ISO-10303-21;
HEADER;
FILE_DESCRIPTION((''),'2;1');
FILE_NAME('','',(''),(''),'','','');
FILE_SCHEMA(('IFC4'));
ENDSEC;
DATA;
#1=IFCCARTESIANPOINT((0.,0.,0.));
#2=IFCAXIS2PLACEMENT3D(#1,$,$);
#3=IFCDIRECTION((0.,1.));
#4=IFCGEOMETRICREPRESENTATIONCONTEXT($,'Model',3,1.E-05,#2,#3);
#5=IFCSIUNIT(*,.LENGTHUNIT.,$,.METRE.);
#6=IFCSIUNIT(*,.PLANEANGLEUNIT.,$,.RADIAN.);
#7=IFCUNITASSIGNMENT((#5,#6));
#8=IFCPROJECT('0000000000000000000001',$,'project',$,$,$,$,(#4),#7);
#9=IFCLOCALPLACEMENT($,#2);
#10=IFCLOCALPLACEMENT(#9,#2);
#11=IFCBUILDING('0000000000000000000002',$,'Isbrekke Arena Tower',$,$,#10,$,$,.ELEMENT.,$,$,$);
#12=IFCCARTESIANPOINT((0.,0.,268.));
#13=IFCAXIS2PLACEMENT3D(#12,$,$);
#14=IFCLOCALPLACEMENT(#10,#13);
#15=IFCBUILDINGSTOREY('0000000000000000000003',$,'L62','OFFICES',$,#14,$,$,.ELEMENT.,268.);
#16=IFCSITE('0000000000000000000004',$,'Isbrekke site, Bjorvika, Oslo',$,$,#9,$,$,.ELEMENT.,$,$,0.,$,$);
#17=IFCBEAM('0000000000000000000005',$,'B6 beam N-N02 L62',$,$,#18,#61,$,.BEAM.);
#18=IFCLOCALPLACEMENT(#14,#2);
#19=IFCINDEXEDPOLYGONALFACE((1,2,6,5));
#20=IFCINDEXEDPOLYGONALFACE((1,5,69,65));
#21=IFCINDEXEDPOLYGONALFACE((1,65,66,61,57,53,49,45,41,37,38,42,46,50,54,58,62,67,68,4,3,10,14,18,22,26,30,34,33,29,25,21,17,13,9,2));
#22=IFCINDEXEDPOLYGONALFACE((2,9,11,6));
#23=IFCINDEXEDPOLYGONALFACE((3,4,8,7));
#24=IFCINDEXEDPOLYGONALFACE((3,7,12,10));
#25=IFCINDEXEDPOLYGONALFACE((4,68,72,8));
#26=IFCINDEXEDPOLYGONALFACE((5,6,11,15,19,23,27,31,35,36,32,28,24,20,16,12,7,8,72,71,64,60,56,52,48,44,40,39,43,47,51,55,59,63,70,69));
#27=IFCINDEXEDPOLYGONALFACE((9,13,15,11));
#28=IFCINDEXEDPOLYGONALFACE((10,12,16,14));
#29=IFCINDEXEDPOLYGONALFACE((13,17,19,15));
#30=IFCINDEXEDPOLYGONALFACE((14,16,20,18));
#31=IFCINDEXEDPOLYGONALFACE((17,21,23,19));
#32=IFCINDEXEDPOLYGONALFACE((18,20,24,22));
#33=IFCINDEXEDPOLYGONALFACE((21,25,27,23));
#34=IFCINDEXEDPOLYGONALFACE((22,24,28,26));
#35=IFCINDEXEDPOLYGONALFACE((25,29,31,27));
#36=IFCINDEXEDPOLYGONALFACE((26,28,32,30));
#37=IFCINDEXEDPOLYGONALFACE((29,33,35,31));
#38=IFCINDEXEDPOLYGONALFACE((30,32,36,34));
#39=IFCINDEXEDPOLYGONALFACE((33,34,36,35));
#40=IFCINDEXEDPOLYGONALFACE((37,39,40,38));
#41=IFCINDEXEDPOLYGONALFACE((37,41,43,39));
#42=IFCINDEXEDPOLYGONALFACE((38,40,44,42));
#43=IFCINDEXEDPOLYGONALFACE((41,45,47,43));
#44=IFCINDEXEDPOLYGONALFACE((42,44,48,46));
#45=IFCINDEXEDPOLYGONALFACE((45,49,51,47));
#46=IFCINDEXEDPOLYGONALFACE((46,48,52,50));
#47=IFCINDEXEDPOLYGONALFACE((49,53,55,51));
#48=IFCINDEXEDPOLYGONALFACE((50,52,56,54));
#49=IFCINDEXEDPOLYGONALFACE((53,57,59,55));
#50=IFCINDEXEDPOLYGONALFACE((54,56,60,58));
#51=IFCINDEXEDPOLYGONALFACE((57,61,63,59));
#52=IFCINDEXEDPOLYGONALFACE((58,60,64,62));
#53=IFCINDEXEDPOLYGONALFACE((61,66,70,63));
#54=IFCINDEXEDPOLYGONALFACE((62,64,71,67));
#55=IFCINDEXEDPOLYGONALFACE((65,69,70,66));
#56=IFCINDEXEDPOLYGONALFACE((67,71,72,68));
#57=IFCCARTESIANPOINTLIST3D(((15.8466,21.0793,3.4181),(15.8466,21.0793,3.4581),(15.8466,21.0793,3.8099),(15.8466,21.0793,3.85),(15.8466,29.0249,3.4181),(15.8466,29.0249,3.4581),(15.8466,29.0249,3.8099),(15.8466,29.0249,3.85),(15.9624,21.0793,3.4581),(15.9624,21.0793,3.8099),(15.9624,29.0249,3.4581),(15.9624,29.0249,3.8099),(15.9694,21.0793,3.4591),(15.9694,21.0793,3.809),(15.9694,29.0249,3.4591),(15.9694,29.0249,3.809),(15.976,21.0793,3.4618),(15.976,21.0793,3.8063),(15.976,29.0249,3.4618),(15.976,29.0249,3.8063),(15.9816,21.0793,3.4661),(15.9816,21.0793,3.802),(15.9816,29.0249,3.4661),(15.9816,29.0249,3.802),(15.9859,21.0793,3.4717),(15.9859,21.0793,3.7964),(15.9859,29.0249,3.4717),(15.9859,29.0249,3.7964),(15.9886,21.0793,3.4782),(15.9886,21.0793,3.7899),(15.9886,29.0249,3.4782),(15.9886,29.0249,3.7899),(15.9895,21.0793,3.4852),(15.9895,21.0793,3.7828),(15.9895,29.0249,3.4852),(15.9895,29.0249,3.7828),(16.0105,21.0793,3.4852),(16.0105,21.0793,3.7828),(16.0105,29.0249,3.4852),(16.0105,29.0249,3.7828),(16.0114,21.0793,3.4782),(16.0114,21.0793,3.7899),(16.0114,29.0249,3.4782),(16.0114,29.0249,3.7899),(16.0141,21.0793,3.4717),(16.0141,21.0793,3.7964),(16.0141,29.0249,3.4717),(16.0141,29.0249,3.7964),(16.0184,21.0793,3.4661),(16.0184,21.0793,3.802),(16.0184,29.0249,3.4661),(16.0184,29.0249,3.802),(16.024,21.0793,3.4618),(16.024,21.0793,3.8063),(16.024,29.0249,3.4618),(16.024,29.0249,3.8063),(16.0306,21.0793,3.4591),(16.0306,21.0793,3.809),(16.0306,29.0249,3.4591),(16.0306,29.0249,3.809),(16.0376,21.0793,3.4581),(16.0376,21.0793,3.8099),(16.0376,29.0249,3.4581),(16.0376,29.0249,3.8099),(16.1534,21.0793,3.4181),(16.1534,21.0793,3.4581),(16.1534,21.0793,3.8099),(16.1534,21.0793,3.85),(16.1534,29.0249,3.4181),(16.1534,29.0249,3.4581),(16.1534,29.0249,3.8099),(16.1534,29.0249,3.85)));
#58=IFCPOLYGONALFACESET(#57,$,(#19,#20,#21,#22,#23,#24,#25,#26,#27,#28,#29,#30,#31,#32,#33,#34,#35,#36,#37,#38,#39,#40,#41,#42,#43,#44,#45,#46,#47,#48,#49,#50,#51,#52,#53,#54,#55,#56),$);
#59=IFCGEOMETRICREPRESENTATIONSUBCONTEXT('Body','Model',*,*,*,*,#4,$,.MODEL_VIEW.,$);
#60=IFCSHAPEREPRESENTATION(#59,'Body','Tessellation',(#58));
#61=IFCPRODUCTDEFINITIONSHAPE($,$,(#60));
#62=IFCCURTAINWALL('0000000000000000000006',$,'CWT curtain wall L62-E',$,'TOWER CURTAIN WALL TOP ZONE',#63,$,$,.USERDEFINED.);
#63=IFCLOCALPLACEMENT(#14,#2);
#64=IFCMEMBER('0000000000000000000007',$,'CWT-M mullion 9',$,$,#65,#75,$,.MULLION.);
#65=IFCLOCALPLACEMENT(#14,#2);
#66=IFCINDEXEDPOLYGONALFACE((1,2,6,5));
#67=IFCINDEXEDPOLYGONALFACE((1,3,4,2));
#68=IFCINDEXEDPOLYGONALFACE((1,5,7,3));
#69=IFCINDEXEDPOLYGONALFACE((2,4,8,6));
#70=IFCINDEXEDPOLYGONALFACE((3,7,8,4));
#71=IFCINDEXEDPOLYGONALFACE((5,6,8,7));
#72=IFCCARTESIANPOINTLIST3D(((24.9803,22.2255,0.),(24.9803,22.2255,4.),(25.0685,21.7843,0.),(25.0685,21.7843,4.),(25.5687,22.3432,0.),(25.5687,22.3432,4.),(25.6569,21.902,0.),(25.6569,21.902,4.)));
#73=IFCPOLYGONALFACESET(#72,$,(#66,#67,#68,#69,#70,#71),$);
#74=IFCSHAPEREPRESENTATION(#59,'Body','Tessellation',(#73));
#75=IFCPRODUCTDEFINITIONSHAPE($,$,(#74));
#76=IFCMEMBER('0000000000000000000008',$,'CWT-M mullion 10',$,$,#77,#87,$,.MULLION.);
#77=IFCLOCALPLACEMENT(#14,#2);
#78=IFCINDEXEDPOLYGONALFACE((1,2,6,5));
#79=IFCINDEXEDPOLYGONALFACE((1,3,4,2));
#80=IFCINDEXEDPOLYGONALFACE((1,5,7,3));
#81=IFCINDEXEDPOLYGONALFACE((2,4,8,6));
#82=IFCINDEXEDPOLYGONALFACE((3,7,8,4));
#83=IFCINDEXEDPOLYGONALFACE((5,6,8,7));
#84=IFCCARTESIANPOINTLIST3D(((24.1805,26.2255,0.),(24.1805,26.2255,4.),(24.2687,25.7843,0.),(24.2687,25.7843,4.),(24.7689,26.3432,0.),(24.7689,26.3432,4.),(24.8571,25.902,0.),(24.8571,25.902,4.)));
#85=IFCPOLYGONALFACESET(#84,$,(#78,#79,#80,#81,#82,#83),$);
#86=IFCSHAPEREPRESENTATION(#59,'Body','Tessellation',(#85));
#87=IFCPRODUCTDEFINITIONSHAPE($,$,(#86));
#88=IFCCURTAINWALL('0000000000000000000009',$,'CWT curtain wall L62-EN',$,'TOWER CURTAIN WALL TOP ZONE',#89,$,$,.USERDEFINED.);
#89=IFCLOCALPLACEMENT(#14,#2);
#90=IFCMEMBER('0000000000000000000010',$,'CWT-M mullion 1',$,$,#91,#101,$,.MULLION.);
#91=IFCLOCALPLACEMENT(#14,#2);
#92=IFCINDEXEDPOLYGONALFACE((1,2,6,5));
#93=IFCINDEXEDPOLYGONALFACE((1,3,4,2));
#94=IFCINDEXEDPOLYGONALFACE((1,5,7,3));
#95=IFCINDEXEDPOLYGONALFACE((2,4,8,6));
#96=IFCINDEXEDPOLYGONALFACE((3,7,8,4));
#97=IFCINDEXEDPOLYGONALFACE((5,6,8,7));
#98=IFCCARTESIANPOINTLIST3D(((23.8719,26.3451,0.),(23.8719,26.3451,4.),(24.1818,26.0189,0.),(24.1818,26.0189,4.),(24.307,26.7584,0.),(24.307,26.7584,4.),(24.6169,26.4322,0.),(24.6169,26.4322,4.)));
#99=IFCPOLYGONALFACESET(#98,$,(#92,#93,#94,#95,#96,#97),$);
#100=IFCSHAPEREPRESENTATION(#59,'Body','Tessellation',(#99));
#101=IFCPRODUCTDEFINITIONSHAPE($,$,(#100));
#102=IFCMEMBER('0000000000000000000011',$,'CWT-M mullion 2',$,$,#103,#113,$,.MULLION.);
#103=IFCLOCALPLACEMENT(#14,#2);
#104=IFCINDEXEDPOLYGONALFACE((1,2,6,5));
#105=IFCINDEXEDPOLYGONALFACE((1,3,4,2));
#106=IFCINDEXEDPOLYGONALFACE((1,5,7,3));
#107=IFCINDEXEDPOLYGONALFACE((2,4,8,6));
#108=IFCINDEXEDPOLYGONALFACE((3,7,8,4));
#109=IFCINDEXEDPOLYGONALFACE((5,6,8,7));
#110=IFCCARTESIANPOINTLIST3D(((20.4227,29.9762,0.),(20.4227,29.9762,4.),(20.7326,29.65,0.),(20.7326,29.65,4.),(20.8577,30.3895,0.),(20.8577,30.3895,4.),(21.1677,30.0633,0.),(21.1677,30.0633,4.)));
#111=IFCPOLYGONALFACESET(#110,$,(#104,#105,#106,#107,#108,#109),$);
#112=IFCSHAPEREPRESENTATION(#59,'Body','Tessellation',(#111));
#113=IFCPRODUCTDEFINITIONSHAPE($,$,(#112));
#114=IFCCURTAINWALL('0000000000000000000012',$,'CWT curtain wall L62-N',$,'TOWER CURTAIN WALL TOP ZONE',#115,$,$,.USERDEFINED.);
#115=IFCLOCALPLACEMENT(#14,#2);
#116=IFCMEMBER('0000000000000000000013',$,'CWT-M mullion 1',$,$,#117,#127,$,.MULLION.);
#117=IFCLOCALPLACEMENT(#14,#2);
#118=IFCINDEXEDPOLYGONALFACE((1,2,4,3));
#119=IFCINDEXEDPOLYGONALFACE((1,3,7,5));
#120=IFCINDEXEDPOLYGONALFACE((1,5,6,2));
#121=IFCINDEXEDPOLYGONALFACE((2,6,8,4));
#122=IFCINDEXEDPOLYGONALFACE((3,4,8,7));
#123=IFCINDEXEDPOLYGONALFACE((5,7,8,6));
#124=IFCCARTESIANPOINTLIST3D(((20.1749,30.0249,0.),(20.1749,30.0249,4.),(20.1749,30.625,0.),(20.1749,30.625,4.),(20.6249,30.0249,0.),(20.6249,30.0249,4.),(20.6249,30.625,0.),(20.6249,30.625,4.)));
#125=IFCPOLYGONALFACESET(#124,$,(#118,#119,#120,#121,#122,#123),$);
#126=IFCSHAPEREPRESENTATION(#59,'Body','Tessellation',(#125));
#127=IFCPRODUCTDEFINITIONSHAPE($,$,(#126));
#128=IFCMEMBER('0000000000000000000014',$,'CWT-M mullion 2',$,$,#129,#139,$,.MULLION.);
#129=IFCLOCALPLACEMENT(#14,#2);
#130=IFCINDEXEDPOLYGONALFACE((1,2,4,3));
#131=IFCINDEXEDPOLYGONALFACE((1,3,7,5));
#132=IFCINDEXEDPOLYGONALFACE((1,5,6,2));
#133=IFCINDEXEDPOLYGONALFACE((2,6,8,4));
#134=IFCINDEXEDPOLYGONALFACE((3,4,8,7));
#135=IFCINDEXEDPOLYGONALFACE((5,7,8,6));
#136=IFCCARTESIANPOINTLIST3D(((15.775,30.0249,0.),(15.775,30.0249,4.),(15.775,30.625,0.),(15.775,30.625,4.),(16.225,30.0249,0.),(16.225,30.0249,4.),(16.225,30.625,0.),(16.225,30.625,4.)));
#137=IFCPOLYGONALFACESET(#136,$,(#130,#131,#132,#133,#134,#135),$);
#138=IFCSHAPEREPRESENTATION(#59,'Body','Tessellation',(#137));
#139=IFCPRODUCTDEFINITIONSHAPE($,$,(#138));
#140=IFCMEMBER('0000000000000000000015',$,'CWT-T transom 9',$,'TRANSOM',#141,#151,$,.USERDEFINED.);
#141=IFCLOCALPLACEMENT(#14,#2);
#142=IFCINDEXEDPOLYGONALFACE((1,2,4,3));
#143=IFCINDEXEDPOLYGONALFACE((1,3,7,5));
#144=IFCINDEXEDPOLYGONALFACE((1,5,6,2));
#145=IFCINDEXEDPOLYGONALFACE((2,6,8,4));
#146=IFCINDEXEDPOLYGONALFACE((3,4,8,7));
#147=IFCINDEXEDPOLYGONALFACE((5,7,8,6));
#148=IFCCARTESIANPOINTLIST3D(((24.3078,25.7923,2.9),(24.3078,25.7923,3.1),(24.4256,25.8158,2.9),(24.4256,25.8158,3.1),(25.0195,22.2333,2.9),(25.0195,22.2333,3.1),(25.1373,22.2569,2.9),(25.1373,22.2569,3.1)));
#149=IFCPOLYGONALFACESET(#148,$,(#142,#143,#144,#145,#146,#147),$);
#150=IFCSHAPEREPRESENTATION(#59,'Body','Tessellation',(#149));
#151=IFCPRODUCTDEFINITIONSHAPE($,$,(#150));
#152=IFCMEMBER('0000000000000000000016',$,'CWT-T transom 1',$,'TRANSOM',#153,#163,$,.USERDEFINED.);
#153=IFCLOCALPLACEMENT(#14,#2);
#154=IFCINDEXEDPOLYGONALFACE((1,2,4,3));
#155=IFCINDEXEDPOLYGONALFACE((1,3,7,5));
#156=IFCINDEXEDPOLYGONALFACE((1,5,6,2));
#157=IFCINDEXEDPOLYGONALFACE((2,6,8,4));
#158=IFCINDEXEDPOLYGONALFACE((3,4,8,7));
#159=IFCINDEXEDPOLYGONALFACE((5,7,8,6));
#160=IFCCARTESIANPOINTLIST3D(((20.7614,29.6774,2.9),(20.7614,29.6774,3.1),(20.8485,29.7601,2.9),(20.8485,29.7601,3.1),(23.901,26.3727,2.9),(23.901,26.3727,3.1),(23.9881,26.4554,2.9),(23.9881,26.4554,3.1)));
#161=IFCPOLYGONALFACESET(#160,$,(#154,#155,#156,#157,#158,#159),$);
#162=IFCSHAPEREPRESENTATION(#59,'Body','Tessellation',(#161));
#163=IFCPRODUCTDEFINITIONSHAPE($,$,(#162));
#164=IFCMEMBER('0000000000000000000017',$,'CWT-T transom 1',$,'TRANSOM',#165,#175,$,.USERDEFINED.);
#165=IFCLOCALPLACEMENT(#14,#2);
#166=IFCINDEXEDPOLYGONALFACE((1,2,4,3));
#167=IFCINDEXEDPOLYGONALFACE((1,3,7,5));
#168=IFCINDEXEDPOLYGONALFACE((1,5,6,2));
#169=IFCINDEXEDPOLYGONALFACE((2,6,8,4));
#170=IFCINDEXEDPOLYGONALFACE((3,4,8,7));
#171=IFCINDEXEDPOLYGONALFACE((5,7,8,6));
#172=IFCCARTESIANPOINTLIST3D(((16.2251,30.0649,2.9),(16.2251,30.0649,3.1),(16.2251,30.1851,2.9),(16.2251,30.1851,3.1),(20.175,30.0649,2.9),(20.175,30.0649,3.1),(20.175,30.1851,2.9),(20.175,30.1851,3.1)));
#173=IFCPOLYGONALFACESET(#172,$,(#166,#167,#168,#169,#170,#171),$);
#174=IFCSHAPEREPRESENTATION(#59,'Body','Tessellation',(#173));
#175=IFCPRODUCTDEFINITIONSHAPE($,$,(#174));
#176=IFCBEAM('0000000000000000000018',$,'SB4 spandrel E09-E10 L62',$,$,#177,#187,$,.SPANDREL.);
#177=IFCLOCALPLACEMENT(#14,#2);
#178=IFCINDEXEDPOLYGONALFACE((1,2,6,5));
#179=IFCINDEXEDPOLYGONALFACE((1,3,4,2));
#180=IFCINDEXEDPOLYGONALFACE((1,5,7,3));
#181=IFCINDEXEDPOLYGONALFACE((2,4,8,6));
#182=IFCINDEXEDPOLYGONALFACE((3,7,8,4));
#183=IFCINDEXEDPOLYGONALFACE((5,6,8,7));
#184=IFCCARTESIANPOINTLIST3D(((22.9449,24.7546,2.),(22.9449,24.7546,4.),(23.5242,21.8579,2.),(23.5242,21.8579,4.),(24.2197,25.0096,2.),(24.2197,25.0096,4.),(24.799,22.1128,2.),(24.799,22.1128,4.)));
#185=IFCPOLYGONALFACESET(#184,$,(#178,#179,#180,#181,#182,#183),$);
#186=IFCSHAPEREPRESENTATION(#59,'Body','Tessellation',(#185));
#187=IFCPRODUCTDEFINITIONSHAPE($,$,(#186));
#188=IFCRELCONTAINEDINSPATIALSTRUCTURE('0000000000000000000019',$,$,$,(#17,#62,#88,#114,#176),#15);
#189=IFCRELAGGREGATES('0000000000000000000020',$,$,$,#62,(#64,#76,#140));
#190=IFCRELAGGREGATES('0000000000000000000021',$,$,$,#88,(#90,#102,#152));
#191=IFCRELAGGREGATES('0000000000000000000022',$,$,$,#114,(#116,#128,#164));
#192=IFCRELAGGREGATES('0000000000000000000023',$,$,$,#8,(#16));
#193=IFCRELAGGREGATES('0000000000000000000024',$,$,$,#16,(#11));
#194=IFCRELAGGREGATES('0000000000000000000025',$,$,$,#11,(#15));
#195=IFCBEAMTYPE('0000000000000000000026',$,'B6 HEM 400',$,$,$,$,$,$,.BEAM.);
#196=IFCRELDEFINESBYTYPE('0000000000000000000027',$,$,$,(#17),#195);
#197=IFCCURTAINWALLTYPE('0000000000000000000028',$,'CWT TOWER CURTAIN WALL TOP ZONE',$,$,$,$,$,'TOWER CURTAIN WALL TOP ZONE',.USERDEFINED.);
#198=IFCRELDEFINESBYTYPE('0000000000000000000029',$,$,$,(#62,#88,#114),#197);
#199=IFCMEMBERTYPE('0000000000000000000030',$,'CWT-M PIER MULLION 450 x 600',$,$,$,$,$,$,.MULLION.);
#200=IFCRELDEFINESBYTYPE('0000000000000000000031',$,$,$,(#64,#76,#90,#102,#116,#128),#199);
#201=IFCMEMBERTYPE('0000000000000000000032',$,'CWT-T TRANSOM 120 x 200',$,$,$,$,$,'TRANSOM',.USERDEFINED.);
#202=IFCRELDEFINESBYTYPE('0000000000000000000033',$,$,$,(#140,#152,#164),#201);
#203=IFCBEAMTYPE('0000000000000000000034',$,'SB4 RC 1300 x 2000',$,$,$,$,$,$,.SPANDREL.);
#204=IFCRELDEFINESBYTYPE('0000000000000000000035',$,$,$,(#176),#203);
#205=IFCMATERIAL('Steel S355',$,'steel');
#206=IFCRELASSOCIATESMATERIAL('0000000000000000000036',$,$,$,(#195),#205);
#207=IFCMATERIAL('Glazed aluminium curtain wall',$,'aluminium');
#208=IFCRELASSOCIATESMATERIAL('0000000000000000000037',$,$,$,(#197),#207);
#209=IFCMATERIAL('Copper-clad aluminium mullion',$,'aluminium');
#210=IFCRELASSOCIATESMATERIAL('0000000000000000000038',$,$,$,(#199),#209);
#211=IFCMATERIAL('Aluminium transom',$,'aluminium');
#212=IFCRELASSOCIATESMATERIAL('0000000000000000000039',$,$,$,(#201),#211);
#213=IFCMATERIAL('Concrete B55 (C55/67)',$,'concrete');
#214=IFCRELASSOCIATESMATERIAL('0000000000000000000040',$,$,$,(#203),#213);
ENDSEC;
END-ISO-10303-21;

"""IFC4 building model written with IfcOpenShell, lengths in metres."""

from ifc_helpers import new_model, si_unit, direction, frame, origin, origin_2d, place, context, subcontext, project, spatial, rectangle, i_section, extrude, material, material_profile, profile_set, type_object, element, aggregate, save


model = new_model("IFC4")

# Units and contexts
model_context = context("Model", 3, precision=1e-05, world=origin(), true_north=direction((0.0, 1.0)))
body_context = subcontext(model_context, "Body", "Model", "MODEL_VIEW")
ifc_project = project(units=[si_unit("LENGTHUNIT", "METRE"), si_unit("PLANEANGLEUNIT", "RADIAN")], contexts=[model_context])

# Site, building, storey
site_placement = place(None, origin())
site = spatial("IfcSite", under=ifc_project, at=site_placement, Name="Isbrekke site, Bjorvika, Oslo", CompositionType="ELEMENT", RefElevation=0.0)
building_placement = place(site_placement, origin())
building = spatial("IfcBuilding", under=site, at=building_placement, Name="Isbrekke Arena Tower", CompositionType="ELEMENT")
storey_placement = place(building_placement, frame((0.0, 0.0, 268.0)))
storey = spatial("IfcBuildingStorey", under=building, at=storey_placement, Name="L62", Description="OFFICES", CompositionType="ELEMENT", Elevation=268.0)

# Beam
ifc_material_1 = material(Name="Steel S355", Category="steel")
ifc_material_profile_1 = material_profile(ifc_material_1, i_section(OverallWidth=0.3069, OverallDepth=0.4319, WebThickness=0.021, FlangeThickness=0.04, FilletRadius=0.0271, at=origin_2d()), Name="HEM 400")
ifc_profile_set_1 = profile_set([ifc_material_profile_1], Name="Steel S355")
beam_type_1 = type_object("IfcBeamType", Name="B6 HEM 400", PredefinedType="BEAM", material=ifc_profile_set_1)
beam_1_placement = place(storey_placement, frame((16.0, 29.0249, 3.634), z_axis=(0.0, -1.0, 0.0), x_axis=(1.0, 0.0, 0.0)))
element("IfcBeam", 1, at=beam_1_placement, inside=storey, type_object=beam_type_1, Name="B6 beam N-N02 L62", PredefinedType="BEAM", context=body_context, shape_type="SweptSolid", body=[
    extrude(i_section(OverallWidth=0.3069, OverallDepth=0.4319, WebThickness=0.021, FlangeThickness=0.04, FilletRadius=0.0271, at=origin_2d()), origin(), (0.0, 0.0, 1.0), 7.9456),
])

# Curtain walls, members
ifc_material_2 = material(Name="Glazed aluminium curtain wall", Category="aluminium")
curtain_wall_type = type_object("IfcCurtainWallType", Name="CWT TOWER CURTAIN WALL TOP ZONE", ElementType="TOWER CURTAIN WALL TOP ZONE", PredefinedType="USERDEFINED", material=ifc_material_2)
curtain_wall_1_placement = place(storey_placement, origin())
curtain_wall_1 = element("IfcCurtainWall", 2, at=curtain_wall_1_placement, inside=storey, type_object=curtain_wall_type, Name="CWT curtain wall L62-E", ObjectType="TOWER CURTAIN WALL TOP ZONE", PredefinedType="USERDEFINED")
ifc_material_3 = material(Name="Copper-clad aluminium mullion", Category="aluminium")
ifc_material_profile_2 = material_profile(ifc_material_3, rectangle(XDim=0.45, YDim=0.6001, at=origin_2d()), Name="PIER 450X600")
ifc_profile_set_2 = profile_set([ifc_material_profile_2], Name="Copper-clad aluminium mullion")
member_type_1 = type_object("IfcMemberType", Name="CWT-M PIER MULLION 450 x 600", PredefinedType="MULLION", material=ifc_profile_set_2)
member_1_placement = place(storey_placement, frame((25.3186, 22.0637, 0.0), z_axis=(0.0, 0.0, 1.0), x_axis=(-0.196116, 0.980581, 0.0)))
member_1 = element("IfcMember", 3, at=member_1_placement, type_object=member_type_1, Name="CWT-M mullion 9", PredefinedType="MULLION", context=body_context, shape_type="SweptSolid", body=[
    extrude(rectangle(XDim=0.45, YDim=0.6001, at=origin_2d()), origin(), (0.0, 0.0, 1.0), 4.0),
])
member_2_placement = place(storey_placement, frame((24.5188, 26.0637, 0.0), z_axis=(0.0, 0.0, 1.0), x_axis=(-0.196116, 0.980581, 0.0)))
member_2 = element("IfcMember", 4, at=member_2_placement, type_object=member_type_1, Name="CWT-M mullion 10", PredefinedType="MULLION", context=body_context, shape_type="SweptSolid", body=[
    extrude(rectangle(XDim=0.45, YDim=0.6001, at=origin_2d()), origin(), (0.0, 0.0, 1.0), 4.0),
])
curtain_wall_2_placement = place(storey_placement, origin())
curtain_wall_2 = element("IfcCurtainWall", 5, at=curtain_wall_2_placement, inside=storey, type_object=curtain_wall_type, Name="CWT curtain wall L62-EN", ObjectType="TOWER CURTAIN WALL TOP ZONE", PredefinedType="USERDEFINED")
member_3_placement = place(storey_placement, frame((24.2444, 26.3887, 0.0), z_axis=(0.0, 0.0, 1.0), x_axis=(-0.688749, 0.724999, 0.0)))
member_3 = element("IfcMember", 6, at=member_3_placement, type_object=member_type_1, Name="CWT-M mullion 1", PredefinedType="MULLION", context=body_context, shape_type="SweptSolid", body=[
    extrude(rectangle(XDim=0.45, YDim=0.6001, at=origin_2d()), origin(), (0.0, 0.0, 1.0), 4.0),
])
member_4_placement = place(storey_placement, frame((20.7952, 30.0198, 0.0), z_axis=(0.0, 0.0, 1.0), x_axis=(-0.688749, 0.724999, 0.0)))
member_4 = element("IfcMember", 7, at=member_4_placement, type_object=member_type_1, Name="CWT-M mullion 2", PredefinedType="MULLION", context=body_context, shape_type="SweptSolid", body=[
    extrude(rectangle(XDim=0.45, YDim=0.6001, at=origin_2d()), origin(), (0.0, 0.0, 1.0), 4.0),
])
curtain_wall_3_placement = place(storey_placement, origin())
curtain_wall_3 = element("IfcCurtainWall", 8, at=curtain_wall_3_placement, inside=storey, type_object=curtain_wall_type, Name="CWT curtain wall L62-N", ObjectType="TOWER CURTAIN WALL TOP ZONE", PredefinedType="USERDEFINED")
member_5_placement = place(storey_placement, frame((20.3999, 30.325, 0.0), z_axis=(0.0, 0.0, 1.0), x_axis=(-1.0, 0.0, 0.0)))
member_5 = element("IfcMember", 9, at=member_5_placement, type_object=member_type_1, Name="CWT-M mullion 1", PredefinedType="MULLION", context=body_context, shape_type="SweptSolid", body=[
    extrude(rectangle(XDim=0.45, YDim=0.6001, at=origin_2d()), origin(), (0.0, 0.0, 1.0), 4.0),
])
member_6_placement = place(storey_placement, frame((16.0, 30.325, 0.0), z_axis=(0.0, 0.0, 1.0), x_axis=(-1.0, 0.0, 0.0)))
member_6 = element("IfcMember", 10, at=member_6_placement, type_object=member_type_1, Name="CWT-M mullion 2", PredefinedType="MULLION", context=body_context, shape_type="SweptSolid", body=[
    extrude(rectangle(XDim=0.45, YDim=0.6001, at=origin_2d()), origin(), (0.0, 0.0, 1.0), 4.0),
])

# Members
ifc_material_4 = material(Name="Aluminium transom", Category="aluminium")
ifc_material_profile_3 = material_profile(ifc_material_4, rectangle(XDim=0.1201, YDim=0.2, at=origin_2d()), Name="TRANSOM 120X200")
ifc_profile_set_3 = profile_set([ifc_material_profile_3], Name="Aluminium transom")
member_type_2 = type_object("IfcMemberType", Name="CWT-T TRANSOM 120 x 200", ElementType="TRANSOM", PredefinedType="USERDEFINED", material=ifc_profile_set_3)
member_7_placement = place(storey_placement, frame((25.0784, 22.2451, 3.0), z_axis=(-0.19609, 0.980586, 0.0), x_axis=(-0.980586, -0.19609, 0.0)))
member_7 = element("IfcMember", 11, at=member_7_placement, type_object=member_type_2, Name="CWT-T transom 9", ObjectType="TRANSOM", PredefinedType="USERDEFINED", context=body_context, shape_type="SweptSolid", body=[
    extrude(rectangle(XDim=0.1201, YDim=0.2, at=origin_2d()), origin(), (0.0, 0.0, 1.0), 3.6294),
])
member_8_placement = place(storey_placement, frame((23.9446, 26.4141, 3.0), z_axis=(-0.688772, 0.724978, 0.0), x_axis=(-0.724978, -0.688772, 0.0)))
member_8 = element("IfcMember", 12, at=member_8_placement, type_object=member_type_2, Name="CWT-T transom 1", ObjectType="TRANSOM", PredefinedType="USERDEFINED", context=body_context, shape_type="SweptSolid", body=[
    extrude(rectangle(XDim=0.1201, YDim=0.2, at=origin_2d()), origin(), (0.0, 0.0, 1.0), 4.5583),
])
member_9_placement = place(storey_placement, frame((20.175, 30.125, 3.0), z_axis=(-1.0, 0.0, 0.0), x_axis=(0.0, -1.0, 0.0)))
member_9 = element("IfcMember", 13, at=member_9_placement, type_object=member_type_2, Name="CWT-T transom 1", ObjectType="TRANSOM", PredefinedType="USERDEFINED", context=body_context, shape_type="SweptSolid", body=[
    extrude(rectangle(XDim=0.1201, YDim=0.2, at=origin_2d()), origin(), (0.0, 0.0, 1.0), 3.95),
])

# Beam
ifc_material_5 = material(Name="Concrete B55 (C55/67)", Category="concrete")
ifc_material_profile_4 = material_profile(ifc_material_5, rectangle(XDim=1.3, YDim=2.0, at=origin_2d()), Name="RC 1300x2000")
ifc_profile_set_4 = profile_set([ifc_material_profile_4], Name="Concrete B55 (C55/67)")
beam_type_2 = type_object("IfcBeamType", Name="SB4 RC 1300 x 2000", PredefinedType="SPANDREL", material=ifc_profile_set_4)
beam_2_placement = place(storey_placement, frame((24.1616, 21.9854, 3.0), z_axis=(-0.196116, 0.980581, 0.0), x_axis=(-0.980581, -0.196116, 0.0)))
element("IfcBeam", 14, at=beam_2_placement, inside=storey, type_object=beam_type_2, Name="SB4 spandrel E09-E10 L62", PredefinedType="SPANDREL", context=body_context, shape_type="SweptSolid", body=[
    extrude(rectangle(XDim=1.3, YDim=2.0, at=origin_2d()), origin(), (0.0, 0.0, 1.0), 2.9541),
])

aggregate(curtain_wall_1, [member_1, member_2, member_7])
aggregate(curtain_wall_2, [member_3, member_4, member_8])
aggregate(curtain_wall_3, [member_5, member_6, member_9])

save(model, "model.ifc")
